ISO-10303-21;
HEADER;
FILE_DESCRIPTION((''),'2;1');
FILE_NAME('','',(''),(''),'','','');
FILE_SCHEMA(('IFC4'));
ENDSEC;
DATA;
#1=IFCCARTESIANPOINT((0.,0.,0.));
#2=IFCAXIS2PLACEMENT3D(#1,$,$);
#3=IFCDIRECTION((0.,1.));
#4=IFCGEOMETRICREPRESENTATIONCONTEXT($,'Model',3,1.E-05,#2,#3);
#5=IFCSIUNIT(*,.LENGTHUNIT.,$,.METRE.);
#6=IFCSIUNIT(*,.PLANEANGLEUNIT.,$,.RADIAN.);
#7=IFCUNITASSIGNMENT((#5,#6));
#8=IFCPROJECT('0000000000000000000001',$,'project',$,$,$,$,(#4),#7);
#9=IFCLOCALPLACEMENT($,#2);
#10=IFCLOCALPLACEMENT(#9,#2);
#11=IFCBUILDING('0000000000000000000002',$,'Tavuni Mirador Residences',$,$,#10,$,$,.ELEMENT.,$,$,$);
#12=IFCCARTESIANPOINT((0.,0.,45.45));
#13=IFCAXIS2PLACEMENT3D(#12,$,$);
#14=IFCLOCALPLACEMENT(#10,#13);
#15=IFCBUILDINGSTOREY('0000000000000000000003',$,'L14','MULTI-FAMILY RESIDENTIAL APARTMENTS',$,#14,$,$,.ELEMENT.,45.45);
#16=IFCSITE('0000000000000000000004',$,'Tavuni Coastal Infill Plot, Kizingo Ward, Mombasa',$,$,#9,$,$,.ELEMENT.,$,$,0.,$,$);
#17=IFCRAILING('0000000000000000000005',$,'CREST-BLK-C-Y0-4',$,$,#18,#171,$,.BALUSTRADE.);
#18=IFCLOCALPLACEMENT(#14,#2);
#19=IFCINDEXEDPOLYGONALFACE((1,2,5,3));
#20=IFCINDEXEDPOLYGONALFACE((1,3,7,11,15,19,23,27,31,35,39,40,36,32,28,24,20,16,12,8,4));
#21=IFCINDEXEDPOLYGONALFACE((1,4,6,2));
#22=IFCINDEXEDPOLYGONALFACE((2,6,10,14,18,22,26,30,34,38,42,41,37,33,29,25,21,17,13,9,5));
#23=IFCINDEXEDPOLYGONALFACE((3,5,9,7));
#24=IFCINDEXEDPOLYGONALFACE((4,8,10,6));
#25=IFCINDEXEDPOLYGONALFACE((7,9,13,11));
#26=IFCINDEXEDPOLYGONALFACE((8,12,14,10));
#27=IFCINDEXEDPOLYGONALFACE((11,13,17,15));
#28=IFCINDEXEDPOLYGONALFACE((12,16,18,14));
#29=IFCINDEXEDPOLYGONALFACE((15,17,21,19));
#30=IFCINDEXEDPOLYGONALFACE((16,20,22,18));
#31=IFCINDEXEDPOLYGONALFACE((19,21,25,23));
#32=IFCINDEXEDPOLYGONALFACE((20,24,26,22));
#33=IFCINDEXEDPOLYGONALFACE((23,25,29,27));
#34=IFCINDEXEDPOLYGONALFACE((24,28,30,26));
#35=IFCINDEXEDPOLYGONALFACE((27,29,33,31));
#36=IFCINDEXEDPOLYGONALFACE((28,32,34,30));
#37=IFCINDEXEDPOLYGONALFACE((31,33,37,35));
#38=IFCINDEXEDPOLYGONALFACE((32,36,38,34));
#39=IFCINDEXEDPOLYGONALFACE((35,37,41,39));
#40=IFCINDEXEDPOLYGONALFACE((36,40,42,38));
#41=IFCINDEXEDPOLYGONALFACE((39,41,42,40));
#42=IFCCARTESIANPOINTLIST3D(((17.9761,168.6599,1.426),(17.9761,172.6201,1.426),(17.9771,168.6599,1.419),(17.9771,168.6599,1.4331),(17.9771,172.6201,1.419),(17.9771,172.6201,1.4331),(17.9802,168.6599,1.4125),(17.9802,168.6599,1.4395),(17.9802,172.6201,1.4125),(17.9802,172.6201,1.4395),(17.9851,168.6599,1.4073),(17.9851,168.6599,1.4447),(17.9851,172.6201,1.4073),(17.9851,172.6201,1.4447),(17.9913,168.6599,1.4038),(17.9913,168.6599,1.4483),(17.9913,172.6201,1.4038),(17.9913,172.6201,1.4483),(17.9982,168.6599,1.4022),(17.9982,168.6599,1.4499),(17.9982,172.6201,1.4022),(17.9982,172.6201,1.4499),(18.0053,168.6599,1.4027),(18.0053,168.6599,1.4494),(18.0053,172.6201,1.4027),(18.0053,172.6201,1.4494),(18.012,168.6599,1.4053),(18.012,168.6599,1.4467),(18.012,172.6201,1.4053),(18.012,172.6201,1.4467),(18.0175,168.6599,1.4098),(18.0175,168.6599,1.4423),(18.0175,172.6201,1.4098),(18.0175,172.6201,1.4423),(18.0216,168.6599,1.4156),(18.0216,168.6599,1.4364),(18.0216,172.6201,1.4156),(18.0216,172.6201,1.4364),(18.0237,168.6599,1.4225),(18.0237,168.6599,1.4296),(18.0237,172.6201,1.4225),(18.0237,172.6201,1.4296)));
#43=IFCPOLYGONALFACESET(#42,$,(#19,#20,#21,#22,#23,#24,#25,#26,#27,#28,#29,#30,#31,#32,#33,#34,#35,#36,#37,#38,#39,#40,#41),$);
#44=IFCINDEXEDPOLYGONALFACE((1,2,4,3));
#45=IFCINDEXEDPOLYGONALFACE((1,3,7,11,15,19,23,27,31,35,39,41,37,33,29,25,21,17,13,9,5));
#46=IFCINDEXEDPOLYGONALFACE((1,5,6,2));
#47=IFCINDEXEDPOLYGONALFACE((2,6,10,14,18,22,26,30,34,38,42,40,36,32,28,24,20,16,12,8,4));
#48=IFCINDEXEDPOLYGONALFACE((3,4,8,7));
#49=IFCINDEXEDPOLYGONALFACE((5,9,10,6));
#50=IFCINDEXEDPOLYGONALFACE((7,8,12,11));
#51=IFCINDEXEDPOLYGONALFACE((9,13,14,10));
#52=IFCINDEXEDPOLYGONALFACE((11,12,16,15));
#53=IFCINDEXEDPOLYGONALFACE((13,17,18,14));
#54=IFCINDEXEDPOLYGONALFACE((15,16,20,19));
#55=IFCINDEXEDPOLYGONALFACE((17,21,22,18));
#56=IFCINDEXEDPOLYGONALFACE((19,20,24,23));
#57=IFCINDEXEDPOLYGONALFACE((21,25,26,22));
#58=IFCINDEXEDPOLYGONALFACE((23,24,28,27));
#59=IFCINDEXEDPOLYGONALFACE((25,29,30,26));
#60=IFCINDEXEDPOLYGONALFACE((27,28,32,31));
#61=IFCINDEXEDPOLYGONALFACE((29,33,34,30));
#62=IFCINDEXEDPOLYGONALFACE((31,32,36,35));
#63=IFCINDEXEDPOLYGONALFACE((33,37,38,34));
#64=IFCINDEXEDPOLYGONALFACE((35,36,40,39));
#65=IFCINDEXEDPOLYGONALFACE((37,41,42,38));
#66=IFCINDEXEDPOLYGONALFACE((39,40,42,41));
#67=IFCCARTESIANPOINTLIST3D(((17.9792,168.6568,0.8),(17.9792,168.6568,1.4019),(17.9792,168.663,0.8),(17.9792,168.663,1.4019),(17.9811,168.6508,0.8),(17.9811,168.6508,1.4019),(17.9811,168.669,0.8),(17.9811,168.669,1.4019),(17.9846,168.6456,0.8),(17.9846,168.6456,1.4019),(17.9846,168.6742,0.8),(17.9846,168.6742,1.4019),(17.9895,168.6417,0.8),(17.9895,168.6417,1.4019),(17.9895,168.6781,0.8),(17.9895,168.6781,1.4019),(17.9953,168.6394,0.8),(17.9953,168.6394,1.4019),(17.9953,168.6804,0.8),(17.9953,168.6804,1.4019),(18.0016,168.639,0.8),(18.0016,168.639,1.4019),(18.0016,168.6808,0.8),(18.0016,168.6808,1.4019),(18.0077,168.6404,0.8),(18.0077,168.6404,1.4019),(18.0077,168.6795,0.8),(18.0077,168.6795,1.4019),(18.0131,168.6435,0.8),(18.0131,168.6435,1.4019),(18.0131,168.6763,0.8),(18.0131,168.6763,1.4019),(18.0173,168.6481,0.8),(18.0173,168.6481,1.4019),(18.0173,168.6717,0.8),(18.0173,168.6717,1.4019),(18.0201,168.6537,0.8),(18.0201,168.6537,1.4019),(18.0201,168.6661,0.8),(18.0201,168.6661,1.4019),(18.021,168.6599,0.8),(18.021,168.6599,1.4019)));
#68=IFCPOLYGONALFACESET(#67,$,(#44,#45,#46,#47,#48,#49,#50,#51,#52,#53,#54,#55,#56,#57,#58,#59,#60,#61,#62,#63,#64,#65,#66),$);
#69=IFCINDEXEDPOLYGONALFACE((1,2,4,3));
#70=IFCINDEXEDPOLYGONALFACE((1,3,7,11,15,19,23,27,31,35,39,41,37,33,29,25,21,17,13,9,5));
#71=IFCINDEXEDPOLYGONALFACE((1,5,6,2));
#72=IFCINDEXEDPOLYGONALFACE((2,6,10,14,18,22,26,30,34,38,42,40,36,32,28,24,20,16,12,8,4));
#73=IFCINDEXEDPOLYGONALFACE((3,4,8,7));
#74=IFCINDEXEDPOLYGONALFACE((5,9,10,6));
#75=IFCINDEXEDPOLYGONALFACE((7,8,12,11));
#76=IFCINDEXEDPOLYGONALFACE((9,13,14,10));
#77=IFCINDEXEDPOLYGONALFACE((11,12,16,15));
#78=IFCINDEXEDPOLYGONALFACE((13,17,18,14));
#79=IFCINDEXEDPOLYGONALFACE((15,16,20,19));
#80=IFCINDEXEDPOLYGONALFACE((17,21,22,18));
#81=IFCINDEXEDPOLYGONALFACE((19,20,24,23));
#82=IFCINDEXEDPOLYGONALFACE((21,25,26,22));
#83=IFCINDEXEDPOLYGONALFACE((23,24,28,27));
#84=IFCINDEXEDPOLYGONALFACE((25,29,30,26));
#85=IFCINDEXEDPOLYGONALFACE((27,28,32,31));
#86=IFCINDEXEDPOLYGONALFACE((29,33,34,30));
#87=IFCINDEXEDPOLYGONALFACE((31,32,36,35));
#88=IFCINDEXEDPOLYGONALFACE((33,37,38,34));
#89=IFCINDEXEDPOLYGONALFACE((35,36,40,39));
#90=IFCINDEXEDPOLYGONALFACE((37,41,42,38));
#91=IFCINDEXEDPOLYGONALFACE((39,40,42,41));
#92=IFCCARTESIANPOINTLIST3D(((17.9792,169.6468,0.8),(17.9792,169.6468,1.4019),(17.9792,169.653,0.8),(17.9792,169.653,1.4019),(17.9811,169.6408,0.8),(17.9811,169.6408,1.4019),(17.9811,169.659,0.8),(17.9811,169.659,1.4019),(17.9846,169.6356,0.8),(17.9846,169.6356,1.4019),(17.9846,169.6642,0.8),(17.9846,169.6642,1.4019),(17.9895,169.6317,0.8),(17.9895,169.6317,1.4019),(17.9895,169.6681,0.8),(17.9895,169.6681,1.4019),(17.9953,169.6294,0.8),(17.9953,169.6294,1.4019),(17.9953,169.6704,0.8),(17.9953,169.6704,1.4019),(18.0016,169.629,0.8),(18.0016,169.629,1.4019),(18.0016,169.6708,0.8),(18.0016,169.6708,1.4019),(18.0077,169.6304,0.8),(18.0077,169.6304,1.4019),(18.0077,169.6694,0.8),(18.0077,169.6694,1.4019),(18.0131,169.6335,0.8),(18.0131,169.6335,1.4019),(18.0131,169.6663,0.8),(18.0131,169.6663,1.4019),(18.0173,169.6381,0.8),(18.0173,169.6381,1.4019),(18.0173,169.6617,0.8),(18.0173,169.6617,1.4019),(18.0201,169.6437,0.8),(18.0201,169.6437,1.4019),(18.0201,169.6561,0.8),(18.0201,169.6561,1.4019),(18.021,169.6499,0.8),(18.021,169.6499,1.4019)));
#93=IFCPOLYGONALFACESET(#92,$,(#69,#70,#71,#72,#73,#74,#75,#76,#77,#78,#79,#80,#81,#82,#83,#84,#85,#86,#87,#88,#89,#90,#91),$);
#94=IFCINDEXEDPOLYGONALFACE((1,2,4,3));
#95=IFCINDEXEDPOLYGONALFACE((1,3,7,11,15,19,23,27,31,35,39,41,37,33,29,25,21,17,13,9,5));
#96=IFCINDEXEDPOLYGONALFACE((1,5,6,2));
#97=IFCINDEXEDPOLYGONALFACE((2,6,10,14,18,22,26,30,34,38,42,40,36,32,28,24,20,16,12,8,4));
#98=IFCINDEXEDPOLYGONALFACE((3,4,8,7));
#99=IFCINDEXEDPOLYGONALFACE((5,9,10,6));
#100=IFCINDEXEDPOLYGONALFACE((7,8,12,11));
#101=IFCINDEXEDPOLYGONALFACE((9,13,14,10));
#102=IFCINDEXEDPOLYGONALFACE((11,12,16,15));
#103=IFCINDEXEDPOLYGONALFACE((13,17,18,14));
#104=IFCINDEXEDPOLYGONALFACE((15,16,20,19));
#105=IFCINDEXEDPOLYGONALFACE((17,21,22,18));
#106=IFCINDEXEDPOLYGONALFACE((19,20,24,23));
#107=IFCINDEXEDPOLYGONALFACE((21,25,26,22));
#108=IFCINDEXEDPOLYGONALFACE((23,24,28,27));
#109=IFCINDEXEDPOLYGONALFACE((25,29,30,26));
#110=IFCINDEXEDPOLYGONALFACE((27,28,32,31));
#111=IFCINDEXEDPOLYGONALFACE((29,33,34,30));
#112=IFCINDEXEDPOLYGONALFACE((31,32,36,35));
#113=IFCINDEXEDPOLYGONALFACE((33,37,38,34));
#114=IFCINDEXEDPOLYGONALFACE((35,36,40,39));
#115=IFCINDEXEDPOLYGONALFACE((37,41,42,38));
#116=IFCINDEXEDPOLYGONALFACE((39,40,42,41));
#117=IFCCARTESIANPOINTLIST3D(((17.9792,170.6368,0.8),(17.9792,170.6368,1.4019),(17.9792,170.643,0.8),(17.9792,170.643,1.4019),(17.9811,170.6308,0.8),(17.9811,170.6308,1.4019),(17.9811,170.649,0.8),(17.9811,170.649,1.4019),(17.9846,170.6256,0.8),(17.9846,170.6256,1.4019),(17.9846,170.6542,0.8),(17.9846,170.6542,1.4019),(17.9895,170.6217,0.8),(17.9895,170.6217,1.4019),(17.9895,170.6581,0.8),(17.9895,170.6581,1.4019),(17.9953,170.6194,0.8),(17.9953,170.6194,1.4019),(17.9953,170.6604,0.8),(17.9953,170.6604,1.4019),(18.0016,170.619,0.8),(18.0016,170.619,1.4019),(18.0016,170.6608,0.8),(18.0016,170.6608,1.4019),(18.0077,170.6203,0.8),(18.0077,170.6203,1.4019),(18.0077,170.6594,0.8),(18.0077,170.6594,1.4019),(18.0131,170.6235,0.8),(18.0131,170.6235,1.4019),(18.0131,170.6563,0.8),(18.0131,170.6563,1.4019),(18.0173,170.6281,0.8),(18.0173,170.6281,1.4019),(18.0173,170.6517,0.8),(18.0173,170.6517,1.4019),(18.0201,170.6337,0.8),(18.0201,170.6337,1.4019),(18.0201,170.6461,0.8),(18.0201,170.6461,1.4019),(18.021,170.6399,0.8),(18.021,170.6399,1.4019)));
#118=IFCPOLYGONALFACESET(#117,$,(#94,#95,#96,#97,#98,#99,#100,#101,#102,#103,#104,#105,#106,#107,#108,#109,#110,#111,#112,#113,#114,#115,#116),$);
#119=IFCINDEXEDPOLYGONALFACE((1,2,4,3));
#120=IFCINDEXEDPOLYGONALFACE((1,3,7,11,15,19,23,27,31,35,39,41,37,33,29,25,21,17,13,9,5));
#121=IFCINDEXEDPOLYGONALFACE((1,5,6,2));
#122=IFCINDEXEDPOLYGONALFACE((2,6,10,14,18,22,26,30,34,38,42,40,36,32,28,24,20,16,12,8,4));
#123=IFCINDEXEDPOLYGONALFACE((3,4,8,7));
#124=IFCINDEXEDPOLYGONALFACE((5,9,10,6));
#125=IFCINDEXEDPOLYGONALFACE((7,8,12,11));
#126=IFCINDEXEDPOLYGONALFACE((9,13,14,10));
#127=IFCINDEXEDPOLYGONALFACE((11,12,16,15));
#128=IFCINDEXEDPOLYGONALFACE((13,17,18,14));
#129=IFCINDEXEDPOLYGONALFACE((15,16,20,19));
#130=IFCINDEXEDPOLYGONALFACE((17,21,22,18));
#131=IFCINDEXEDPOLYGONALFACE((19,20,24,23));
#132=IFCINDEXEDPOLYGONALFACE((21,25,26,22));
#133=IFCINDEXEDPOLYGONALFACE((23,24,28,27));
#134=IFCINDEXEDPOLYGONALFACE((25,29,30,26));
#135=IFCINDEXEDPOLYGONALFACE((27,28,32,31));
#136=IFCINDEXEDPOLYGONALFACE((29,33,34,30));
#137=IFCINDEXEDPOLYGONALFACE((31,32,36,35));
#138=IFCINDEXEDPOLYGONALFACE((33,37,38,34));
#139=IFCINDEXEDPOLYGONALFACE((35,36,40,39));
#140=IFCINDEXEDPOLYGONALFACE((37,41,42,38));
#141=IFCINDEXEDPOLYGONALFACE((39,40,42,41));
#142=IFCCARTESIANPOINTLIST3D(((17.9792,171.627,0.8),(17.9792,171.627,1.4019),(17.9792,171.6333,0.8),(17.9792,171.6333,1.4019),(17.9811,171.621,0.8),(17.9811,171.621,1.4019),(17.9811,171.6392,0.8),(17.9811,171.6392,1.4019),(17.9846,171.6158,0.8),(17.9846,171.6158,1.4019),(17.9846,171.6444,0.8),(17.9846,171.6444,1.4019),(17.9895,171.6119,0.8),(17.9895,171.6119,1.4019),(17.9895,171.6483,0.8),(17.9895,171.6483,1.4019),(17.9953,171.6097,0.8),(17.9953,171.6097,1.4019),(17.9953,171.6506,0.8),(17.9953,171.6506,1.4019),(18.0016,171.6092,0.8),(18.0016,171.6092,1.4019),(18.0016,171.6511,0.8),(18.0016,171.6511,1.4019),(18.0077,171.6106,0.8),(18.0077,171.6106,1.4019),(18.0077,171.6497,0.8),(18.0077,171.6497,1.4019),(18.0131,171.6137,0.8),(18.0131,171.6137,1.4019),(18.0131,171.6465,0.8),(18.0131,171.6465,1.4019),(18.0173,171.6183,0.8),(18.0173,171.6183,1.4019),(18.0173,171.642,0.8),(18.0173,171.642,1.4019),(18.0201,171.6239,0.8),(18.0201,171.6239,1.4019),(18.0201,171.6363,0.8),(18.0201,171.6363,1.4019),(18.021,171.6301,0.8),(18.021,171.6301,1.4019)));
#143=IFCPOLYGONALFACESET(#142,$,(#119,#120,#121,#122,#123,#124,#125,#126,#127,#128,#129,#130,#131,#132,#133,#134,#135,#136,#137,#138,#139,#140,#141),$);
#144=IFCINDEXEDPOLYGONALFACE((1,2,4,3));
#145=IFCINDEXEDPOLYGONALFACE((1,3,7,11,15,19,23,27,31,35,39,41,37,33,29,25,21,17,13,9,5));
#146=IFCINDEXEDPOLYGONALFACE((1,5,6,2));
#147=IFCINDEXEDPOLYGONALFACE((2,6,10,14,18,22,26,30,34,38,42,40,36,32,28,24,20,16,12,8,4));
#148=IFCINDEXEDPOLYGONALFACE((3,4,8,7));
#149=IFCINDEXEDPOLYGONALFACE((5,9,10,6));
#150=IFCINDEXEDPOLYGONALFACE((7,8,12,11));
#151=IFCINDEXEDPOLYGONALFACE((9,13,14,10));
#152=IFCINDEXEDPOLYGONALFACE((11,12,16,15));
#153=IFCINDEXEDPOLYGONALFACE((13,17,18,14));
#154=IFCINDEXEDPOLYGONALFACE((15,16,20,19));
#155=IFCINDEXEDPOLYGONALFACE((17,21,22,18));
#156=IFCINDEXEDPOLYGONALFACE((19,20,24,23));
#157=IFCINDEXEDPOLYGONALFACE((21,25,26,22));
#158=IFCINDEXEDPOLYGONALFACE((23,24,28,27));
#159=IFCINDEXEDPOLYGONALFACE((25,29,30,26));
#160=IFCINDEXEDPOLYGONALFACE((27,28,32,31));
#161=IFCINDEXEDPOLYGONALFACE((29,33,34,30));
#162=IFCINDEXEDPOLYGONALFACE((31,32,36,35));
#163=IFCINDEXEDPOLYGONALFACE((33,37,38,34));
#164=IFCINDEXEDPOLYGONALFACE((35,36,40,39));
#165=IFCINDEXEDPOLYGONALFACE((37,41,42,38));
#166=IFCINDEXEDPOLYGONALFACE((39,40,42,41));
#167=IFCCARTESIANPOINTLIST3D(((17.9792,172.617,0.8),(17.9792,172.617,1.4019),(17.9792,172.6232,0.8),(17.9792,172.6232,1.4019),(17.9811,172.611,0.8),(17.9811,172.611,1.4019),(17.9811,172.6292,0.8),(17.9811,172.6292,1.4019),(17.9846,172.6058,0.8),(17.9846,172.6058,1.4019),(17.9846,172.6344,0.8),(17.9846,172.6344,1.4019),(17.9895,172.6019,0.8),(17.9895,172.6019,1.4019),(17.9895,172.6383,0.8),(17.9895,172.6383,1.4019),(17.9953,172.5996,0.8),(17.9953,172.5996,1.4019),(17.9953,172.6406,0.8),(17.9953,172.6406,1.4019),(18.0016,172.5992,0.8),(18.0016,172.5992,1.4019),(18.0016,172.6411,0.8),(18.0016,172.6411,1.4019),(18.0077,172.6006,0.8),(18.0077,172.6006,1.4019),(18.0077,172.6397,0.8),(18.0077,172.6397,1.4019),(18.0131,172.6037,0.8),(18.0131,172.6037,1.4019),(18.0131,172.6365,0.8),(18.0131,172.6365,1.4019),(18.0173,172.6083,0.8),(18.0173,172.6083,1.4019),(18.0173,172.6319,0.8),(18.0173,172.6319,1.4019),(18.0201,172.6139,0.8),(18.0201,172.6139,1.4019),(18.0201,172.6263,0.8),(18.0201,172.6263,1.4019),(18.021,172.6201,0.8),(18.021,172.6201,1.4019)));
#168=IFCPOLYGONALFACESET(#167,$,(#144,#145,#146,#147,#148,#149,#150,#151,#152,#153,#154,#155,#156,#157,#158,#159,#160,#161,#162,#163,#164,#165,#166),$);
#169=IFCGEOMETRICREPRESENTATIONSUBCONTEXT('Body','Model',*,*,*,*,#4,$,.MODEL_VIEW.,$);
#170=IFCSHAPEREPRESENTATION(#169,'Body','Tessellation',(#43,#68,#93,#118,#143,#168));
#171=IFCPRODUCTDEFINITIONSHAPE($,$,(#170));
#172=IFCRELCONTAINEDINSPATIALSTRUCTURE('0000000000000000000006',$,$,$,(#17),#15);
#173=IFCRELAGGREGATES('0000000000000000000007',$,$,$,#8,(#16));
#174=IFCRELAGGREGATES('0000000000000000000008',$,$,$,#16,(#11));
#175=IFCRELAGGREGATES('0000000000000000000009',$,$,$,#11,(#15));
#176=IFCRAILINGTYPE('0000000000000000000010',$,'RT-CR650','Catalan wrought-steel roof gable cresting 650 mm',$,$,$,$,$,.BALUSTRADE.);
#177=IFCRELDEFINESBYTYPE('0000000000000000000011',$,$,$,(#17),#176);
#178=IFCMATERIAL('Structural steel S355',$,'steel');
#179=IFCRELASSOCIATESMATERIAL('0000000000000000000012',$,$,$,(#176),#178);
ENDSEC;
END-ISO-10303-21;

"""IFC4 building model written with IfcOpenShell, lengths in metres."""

from ifc_helpers import new_model, si_unit, direction, frame, origin, origin_2d, place, context, subcontext, project, spatial, circle, extrude, material, type_object, element, save


model = new_model("IFC4")

# Units and contexts
model_context = context("Model", 3, precision=1e-05, world=origin(), true_north=direction((0.0, 1.0)))
body_context = subcontext(model_context, "Body", "Model", "MODEL_VIEW")
ifc_project = project(units=[si_unit("LENGTHUNIT", "METRE"), si_unit("PLANEANGLEUNIT", "RADIAN")], contexts=[model_context])

# Site, building, storey
site_placement = place(None, origin())
site = spatial("IfcSite", under=ifc_project, at=site_placement, Name="Tavuni Coastal Infill Plot, Kizingo Ward, Mombasa", CompositionType="ELEMENT", RefElevation=0.0)
building_placement = place(site_placement, origin())
building = spatial("IfcBuilding", under=site, at=building_placement, Name="Tavuni Mirador Residences", CompositionType="ELEMENT")
storey_placement = place(building_placement, frame((0.0, 0.0, 45.45)))
storey = spatial("IfcBuildingStorey", under=building, at=storey_placement, Name="L14", Description="MULTI-FAMILY RESIDENTIAL APARTMENTS", CompositionType="ELEMENT", Elevation=45.45)

# Shared definitions
ifc_material_1 = material(Name="Structural steel S355", Category="steel")

# Railing
railing_type = type_object("IfcRailingType", Name="RT-CR650", Description="Catalan wrought-steel roof gable cresting 650 mm", PredefinedType="BALUSTRADE", material=ifc_material_1)
railing_1_placement = place(storey_placement, frame((18.0, 168.6599, 0.8)))
element("IfcRailing", 1, at=railing_1_placement, inside=storey, type_object=railing_type, Name="CREST-BLK-C-Y0-4", PredefinedType="BALUSTRADE", context=body_context, shape_type="SweptSolid", body=[
    extrude(circle(Radius=0.0239, at=origin_2d()), frame((0.0, 0.0, 0.626), z_axis=(0.0, 1.0, 0.0), x_axis=(-1.0, 0.0, 0.0)), (0.0, 0.0, 1.0), 3.9602),
    extrude(circle(Radius=0.021, at=origin_2d()), origin(), (0.0, 0.0, 1.0), 0.6018),
    extrude(circle(Radius=0.021, at=origin_2d()), frame((0.0, 0.99, 0.0)), (0.0, 0.0, 1.0), 0.6018),
    extrude(circle(Radius=0.021, at=origin_2d()), frame((0.0, 1.98, 0.0)), (0.0, 0.0, 1.0), 0.6018),
    extrude(circle(Radius=0.021, at=origin_2d()), frame((0.0, 2.9702, 0.0)), (0.0, 0.0, 1.0), 0.6018),
    extrude(circle(Radius=0.021, at=origin_2d()), frame((0.0, 3.9602, 0.0)), (0.0, 0.0, 1.0), 0.6018),
])

save(model, "model.ifc")
